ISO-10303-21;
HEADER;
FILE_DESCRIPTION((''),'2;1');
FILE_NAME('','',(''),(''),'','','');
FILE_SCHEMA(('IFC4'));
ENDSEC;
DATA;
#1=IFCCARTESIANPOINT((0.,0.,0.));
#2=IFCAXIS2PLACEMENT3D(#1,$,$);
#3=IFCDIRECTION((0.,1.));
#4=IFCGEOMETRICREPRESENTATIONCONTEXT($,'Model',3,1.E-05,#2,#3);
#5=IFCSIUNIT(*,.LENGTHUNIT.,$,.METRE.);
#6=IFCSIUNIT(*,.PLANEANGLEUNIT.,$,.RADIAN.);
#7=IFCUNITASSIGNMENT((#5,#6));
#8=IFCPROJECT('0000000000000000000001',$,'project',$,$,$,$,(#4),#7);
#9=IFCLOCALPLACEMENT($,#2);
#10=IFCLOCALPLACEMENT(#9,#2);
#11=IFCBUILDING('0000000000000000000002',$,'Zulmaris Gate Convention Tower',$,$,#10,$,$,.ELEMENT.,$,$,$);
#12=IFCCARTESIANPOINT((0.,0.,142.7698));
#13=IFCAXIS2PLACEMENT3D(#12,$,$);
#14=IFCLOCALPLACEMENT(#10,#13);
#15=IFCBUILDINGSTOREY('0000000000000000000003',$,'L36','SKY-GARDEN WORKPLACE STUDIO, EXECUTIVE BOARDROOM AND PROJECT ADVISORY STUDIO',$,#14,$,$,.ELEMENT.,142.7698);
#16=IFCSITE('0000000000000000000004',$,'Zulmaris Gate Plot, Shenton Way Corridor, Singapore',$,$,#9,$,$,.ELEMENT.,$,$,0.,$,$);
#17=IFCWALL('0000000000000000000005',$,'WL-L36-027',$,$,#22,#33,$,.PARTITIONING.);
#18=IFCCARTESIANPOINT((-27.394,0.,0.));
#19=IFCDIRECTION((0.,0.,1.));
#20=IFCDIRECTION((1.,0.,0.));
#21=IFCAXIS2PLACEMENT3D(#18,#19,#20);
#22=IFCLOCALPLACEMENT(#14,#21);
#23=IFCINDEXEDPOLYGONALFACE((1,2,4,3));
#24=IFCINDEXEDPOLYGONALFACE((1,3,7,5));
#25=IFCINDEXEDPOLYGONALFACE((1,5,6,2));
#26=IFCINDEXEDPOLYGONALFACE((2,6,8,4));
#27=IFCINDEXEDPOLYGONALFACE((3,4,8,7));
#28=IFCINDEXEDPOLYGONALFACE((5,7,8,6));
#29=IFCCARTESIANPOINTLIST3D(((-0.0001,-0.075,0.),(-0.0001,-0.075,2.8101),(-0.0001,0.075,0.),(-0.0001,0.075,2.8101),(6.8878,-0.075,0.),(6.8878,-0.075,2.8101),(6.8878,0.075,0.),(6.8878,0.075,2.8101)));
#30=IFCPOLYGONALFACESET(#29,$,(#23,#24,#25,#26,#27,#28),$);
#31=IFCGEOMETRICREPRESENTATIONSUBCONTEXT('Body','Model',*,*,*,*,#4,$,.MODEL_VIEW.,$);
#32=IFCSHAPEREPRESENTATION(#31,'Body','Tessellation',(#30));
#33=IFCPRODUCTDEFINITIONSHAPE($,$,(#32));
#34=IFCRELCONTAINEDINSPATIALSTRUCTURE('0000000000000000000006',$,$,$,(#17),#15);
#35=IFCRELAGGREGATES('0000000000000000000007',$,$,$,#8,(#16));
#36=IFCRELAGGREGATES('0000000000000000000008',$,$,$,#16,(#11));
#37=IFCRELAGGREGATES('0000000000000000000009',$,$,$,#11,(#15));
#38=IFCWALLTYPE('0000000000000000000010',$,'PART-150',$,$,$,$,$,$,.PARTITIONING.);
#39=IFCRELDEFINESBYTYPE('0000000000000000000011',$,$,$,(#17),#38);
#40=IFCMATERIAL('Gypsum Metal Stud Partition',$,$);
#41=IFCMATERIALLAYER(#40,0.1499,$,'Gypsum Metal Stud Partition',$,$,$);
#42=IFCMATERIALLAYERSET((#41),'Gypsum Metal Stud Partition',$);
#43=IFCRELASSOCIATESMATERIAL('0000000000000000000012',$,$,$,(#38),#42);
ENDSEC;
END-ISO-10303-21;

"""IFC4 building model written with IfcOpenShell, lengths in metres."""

from ifc_helpers import new_model, si_unit, direction, frame, frame_2d, origin, place, context, subcontext, project, spatial, rectangle, extrude, material, layer, layer_set, type_object, element, save


model = new_model("IFC4")

# Units and contexts
model_context = context("Model", 3, precision=1e-05, world=origin(), true_north=direction((0.0, 1.0)))
body_context = subcontext(model_context, "Body", "Model", "MODEL_VIEW")
ifc_project = project(units=[si_unit("LENGTHUNIT", "METRE"), si_unit("PLANEANGLEUNIT", "RADIAN")], contexts=[model_context])

# Site, building, storey
site_placement = place(None, origin())
site = spatial("IfcSite", under=ifc_project, at=site_placement, Name="Zulmaris Gate Plot, Shenton Way Corridor, Singapore", CompositionType="ELEMENT", RefElevation=0.0)
building_placement = place(site_placement, origin())
building = spatial("IfcBuilding", under=site, at=building_placement, Name="Zulmaris Gate Convention Tower", CompositionType="ELEMENT")
storey_placement = place(building_placement, frame((0.0, 0.0, 142.7698)))
storey = spatial("IfcBuildingStorey", under=building, at=storey_placement, Name="L36", Description="SKY-GARDEN WORKPLACE STUDIO, EXECUTIVE BOARDROOM AND PROJECT ADVISORY STUDIO", CompositionType="ELEMENT", Elevation=142.7698)

# Wall
ifc_material_1 = material(Name="Gypsum Metal Stud Partition")
ifc_layer_1 = layer(ifc_material_1, 0.1499, Name="Gypsum Metal Stud Partition")
ifc_layer_set_1 = layer_set([ifc_layer_1], Name="Gypsum Metal Stud Partition")
wall_type_1 = type_object("IfcWallType", Name="PART-150", PredefinedType="PARTITIONING", material=ifc_layer_set_1)
wall_1_placement = place(storey_placement, frame((-27.394, 0.0, 0.0), z_axis=(0.0, 0.0, 1.0), x_axis=(1.0, 0.0, 0.0)))
element("IfcWall", 1, at=wall_1_placement, inside=storey, type_object=wall_type_1, Name="WL-L36-027", PredefinedType="PARTITIONING", context=body_context, shape_type="SweptSolid", body=[
    extrude(rectangle(XDim=6.8879, YDim=0.1499, at=frame_2d((3.4438, 0.0))), origin(), (0.0, 0.0, 1.0), 2.8101),
])

save(model, "model.ifc")
